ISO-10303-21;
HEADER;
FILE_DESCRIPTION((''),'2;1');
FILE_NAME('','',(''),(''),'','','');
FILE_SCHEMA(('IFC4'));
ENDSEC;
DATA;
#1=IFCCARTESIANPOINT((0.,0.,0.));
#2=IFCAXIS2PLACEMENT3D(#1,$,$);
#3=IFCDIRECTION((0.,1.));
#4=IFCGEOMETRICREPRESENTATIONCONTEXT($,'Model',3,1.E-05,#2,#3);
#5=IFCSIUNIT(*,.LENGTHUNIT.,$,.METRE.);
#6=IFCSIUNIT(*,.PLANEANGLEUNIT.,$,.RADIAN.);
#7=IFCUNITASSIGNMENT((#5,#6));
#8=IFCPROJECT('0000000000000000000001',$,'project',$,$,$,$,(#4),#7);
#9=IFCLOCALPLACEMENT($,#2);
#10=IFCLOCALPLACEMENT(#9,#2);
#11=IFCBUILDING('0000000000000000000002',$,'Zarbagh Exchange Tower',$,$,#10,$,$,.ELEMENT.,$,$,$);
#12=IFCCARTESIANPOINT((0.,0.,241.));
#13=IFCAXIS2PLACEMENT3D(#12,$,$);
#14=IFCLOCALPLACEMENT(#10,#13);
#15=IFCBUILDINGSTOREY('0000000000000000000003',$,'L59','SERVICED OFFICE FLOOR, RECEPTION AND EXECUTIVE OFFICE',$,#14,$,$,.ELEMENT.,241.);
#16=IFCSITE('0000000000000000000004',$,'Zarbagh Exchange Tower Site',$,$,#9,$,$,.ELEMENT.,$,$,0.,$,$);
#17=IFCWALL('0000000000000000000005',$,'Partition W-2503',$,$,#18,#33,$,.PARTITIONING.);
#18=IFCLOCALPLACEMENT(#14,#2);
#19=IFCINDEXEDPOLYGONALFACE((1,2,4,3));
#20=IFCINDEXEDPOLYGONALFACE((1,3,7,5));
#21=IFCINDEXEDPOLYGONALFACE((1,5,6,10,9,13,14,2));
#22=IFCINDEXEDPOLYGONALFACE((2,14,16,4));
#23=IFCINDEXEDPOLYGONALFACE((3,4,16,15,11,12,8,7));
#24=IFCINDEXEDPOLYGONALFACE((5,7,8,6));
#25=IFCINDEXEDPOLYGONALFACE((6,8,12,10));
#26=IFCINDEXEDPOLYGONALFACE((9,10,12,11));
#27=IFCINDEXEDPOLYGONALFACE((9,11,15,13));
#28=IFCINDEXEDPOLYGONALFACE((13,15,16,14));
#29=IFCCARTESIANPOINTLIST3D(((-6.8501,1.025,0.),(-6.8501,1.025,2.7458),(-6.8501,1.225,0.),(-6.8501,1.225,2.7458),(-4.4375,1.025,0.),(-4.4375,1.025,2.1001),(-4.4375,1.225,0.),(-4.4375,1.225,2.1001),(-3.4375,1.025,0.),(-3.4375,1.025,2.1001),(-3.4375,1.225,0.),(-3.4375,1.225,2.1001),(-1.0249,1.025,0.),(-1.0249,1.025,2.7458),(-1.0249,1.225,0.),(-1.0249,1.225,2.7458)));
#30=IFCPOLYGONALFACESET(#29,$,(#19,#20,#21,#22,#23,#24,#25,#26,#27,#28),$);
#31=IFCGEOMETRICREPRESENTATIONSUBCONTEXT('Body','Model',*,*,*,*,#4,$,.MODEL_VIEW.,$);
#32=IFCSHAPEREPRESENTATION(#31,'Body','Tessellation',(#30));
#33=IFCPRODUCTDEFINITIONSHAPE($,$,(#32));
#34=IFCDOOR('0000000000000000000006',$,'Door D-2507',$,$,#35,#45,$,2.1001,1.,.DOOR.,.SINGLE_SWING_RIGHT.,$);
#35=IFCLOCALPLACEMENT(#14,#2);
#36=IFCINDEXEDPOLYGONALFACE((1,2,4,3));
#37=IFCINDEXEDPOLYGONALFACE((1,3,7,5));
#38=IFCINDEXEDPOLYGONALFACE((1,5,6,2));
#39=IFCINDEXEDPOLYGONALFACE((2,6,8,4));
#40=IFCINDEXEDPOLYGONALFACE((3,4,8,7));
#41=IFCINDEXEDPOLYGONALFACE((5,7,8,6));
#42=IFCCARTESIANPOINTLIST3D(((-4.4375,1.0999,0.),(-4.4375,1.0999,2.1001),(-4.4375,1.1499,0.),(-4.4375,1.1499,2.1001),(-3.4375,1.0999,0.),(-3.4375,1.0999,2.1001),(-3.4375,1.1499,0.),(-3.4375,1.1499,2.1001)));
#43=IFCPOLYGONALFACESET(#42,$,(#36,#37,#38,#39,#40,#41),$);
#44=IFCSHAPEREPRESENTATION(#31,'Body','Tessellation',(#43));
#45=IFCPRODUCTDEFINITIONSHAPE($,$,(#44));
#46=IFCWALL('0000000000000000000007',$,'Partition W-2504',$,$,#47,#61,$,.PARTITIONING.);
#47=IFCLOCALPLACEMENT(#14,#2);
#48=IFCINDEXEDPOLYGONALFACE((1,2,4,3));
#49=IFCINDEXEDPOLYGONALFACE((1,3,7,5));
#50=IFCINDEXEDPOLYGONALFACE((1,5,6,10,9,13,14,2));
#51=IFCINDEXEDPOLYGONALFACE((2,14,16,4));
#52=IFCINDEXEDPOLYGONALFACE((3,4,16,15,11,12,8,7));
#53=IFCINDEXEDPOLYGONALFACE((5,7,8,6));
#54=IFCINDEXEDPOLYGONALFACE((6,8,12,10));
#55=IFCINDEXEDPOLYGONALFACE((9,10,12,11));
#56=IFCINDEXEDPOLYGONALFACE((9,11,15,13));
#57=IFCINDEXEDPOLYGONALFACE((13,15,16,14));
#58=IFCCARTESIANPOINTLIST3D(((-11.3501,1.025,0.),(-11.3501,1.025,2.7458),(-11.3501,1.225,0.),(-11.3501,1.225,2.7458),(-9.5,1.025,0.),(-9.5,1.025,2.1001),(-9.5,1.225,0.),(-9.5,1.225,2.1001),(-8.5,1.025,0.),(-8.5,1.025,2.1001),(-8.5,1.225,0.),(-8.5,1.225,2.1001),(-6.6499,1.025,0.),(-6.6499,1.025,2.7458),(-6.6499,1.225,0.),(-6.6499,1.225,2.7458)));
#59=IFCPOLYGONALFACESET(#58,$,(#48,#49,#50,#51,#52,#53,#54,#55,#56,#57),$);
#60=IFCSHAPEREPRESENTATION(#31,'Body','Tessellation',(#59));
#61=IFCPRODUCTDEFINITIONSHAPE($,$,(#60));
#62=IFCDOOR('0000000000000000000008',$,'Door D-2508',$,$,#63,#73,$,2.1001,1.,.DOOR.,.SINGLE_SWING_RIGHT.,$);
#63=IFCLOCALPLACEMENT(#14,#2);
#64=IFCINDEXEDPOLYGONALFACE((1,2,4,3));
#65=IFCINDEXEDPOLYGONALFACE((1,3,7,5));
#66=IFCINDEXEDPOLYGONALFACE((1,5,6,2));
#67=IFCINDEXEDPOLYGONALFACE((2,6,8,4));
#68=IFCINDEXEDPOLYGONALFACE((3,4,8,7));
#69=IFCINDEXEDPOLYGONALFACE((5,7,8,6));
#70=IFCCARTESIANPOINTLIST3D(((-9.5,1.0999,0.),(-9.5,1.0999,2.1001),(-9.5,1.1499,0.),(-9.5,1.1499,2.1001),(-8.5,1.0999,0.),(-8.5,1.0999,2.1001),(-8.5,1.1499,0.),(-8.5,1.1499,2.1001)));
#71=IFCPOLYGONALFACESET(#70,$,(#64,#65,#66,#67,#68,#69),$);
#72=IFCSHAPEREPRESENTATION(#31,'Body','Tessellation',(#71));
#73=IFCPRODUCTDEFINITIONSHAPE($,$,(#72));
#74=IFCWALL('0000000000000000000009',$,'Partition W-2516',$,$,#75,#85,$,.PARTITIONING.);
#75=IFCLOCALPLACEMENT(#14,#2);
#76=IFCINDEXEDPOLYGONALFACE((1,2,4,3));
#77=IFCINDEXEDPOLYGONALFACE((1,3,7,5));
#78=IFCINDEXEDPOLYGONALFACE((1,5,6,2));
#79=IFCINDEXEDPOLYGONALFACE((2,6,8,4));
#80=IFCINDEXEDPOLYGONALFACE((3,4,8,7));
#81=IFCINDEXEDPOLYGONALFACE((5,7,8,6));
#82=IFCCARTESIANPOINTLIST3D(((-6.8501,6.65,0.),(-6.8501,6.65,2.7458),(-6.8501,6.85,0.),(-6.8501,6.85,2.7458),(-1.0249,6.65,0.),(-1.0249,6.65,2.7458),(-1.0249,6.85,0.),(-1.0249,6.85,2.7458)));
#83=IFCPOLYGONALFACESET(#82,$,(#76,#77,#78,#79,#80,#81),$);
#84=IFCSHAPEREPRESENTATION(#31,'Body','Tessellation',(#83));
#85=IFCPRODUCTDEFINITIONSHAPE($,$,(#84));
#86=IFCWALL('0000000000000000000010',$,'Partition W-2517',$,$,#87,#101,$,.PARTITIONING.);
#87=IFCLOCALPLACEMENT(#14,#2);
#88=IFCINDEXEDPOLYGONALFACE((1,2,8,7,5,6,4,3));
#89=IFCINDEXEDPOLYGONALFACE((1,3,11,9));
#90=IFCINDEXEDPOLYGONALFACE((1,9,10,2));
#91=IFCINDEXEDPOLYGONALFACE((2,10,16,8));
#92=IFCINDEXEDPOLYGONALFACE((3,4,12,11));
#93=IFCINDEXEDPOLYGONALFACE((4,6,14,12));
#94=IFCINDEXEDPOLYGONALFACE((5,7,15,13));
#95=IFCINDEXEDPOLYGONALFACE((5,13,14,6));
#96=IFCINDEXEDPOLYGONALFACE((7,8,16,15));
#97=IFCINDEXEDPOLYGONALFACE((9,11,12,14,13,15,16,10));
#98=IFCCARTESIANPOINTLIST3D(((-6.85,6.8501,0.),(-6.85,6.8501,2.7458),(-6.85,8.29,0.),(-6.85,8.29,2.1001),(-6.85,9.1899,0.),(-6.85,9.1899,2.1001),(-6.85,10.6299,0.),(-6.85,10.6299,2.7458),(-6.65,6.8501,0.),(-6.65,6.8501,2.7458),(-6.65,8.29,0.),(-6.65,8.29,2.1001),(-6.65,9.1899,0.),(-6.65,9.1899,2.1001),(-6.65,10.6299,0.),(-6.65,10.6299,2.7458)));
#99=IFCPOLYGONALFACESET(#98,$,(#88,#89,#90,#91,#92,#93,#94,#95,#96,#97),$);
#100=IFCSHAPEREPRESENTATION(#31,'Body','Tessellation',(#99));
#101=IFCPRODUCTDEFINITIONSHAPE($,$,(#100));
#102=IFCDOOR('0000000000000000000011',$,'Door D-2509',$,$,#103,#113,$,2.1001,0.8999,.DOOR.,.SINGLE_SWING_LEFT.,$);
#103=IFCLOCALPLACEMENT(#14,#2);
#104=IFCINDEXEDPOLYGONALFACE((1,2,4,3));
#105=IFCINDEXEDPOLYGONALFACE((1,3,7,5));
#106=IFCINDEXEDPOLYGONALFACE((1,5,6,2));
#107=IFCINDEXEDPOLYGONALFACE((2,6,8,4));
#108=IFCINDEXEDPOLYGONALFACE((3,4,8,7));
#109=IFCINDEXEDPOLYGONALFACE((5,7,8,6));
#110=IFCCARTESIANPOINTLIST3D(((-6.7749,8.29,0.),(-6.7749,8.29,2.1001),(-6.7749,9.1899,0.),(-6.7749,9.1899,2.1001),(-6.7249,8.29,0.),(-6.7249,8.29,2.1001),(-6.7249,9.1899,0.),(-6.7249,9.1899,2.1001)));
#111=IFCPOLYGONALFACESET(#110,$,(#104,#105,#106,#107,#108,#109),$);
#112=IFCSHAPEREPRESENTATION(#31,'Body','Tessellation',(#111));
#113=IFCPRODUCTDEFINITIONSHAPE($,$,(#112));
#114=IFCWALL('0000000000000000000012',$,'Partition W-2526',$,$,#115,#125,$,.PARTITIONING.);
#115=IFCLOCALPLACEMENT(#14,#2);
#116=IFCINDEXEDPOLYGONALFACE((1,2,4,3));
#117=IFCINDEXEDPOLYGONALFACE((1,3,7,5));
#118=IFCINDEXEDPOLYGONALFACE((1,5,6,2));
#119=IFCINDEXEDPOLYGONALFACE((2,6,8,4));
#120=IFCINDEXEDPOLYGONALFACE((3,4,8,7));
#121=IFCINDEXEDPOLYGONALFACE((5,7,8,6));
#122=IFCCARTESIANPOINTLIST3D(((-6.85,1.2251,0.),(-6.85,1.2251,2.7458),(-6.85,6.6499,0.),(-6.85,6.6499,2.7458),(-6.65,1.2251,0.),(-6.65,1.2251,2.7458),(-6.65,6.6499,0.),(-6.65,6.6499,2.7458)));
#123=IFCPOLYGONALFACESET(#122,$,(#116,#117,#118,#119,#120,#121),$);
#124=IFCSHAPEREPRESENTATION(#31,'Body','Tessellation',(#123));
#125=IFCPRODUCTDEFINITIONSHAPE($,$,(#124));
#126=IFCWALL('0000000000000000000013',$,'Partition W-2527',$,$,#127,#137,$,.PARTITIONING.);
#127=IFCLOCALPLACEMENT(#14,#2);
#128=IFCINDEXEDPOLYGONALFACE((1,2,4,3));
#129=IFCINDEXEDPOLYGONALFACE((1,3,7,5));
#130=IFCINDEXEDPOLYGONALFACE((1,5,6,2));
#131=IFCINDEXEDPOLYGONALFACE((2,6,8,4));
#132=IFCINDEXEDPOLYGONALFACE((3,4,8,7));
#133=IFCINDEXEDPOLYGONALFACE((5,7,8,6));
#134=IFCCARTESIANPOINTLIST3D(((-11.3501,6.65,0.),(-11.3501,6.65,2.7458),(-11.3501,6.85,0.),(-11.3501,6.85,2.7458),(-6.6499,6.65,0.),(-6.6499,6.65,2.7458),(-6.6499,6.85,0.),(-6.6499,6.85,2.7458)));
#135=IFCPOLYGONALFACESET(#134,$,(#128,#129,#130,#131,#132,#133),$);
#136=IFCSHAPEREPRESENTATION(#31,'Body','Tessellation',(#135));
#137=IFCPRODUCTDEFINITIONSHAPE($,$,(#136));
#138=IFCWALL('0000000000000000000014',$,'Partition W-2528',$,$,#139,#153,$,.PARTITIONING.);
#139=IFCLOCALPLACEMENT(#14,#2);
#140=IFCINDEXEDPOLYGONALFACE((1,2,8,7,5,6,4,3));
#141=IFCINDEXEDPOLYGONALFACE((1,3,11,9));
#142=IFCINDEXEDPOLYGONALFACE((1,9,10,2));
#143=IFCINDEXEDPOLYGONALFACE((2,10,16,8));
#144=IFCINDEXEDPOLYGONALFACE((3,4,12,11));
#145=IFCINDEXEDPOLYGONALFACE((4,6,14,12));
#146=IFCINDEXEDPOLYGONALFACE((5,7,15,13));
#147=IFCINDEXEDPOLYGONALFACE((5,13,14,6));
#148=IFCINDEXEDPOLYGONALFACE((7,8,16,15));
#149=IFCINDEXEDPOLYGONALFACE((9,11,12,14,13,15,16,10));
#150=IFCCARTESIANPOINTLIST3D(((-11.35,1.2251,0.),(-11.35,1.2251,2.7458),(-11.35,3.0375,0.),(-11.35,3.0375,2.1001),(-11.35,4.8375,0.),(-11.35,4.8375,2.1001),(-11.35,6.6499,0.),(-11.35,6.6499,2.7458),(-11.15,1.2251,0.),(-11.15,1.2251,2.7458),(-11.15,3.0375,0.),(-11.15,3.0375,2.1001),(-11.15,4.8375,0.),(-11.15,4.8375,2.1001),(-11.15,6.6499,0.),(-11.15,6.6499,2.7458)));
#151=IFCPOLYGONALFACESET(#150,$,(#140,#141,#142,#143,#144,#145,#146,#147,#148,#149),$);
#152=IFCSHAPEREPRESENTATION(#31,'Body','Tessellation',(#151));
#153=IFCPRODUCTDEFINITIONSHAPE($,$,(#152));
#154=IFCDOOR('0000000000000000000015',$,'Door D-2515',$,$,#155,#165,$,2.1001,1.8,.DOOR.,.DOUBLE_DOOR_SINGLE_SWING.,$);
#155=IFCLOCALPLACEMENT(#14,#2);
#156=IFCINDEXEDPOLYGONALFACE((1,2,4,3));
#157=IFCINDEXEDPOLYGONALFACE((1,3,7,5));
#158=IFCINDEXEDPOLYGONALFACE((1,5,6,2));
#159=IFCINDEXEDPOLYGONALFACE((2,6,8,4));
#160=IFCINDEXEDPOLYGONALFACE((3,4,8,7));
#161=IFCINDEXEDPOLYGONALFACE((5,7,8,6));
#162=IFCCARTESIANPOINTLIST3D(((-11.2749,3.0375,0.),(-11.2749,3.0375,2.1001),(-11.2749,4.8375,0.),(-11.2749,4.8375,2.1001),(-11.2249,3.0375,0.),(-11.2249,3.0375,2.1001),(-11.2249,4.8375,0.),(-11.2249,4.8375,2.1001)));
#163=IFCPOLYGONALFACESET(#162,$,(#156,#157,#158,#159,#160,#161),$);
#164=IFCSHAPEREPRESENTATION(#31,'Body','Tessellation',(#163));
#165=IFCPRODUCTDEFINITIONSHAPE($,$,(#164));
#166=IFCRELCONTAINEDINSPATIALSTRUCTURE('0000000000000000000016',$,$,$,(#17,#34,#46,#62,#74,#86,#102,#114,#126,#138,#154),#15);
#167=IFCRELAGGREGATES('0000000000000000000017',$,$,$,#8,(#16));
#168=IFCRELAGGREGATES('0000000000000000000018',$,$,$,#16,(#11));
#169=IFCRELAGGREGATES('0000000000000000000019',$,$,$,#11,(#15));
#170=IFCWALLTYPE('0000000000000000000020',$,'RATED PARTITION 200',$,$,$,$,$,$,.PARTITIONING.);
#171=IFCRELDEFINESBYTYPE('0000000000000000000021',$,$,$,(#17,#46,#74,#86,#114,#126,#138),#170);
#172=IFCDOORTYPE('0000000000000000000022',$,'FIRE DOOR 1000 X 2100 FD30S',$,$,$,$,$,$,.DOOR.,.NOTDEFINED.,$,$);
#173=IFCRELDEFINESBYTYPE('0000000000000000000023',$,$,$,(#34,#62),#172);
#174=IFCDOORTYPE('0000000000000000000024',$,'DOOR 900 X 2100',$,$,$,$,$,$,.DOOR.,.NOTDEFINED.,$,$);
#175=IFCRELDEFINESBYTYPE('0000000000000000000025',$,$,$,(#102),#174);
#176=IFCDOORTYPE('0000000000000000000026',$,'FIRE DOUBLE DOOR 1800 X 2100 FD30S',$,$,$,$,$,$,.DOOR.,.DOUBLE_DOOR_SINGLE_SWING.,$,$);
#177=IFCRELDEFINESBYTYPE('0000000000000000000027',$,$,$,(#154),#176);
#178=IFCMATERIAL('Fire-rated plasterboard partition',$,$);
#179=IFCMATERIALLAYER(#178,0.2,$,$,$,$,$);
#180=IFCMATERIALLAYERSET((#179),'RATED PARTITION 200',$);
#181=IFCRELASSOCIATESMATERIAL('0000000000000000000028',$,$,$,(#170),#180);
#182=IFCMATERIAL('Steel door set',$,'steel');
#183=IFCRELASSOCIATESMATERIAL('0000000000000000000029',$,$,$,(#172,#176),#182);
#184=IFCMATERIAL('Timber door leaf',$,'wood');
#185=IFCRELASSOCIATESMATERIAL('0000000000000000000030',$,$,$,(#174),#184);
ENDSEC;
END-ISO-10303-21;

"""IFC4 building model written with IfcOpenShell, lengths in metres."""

from ifc_helpers import new_model, si_unit, direction, frame, frame_2d, origin, place, context, subcontext, project, spatial, rectangle, extrude, material, layer, layer_set, type_object, element, fill, save


model = new_model("IFC4")

# Units and contexts
model_context = context("Model", 3, precision=1e-05, world=origin(), true_north=direction((0.0, 1.0)))
body_context = subcontext(model_context, "Body", "Model", "MODEL_VIEW")
ifc_project = project(units=[si_unit("LENGTHUNIT", "METRE"), si_unit("PLANEANGLEUNIT", "RADIAN")], contexts=[model_context])

# Site, building, storey
site_placement = place(None, origin())
site = spatial("IfcSite", under=ifc_project, at=site_placement, Name="Zarbagh Exchange Tower Site", CompositionType="ELEMENT", RefElevation=0.0)
building_placement = place(site_placement, origin())
building = spatial("IfcBuilding", under=site, at=building_placement, Name="Zarbagh Exchange Tower", CompositionType="ELEMENT")
storey_placement = place(building_placement, frame((0.0, 0.0, 241.0)))
storey = spatial("IfcBuildingStorey", under=building, at=storey_placement, Name="L59", Description="SERVICED OFFICE FLOOR, RECEPTION AND EXECUTIVE OFFICE", CompositionType="ELEMENT", Elevation=241.0)

# Walls, openings, doors
ifc_material_1 = material(Name="Fire-rated plasterboard partition")
ifc_layer = layer(ifc_material_1, 0.2)
ifc_layer_set = layer_set([ifc_layer], Name="RATED PARTITION 200")
wall_type = type_object("IfcWallType", Name="RATED PARTITION 200", PredefinedType="PARTITIONING", material=ifc_layer_set)
wall_1_placement = place(storey_placement, frame((-6.8501, 1.125, 0.0), z_axis=(0.0, 0.0, 1.0), x_axis=(1.0, 0.0, 0.0)))
wall_1 = element("IfcWall", 1, at=wall_1_placement, inside=storey, type_object=wall_type, Name="Partition W-2503", PredefinedType="PARTITIONING", context=body_context, shape_type="SweptSolid", body=[
    extrude(rectangle(XDim=5.8252, YDim=0.2, at=frame_2d((2.9126, 0.0))), origin(), (0.0, 0.0, 1.0), 2.7458),
])
opening_1_placement = place(wall_1_placement, frame((2.4126, 0.0, 0.0)))
opening_1 = element("IfcOpeningElement", 2, at=opening_1_placement, cuts=wall_1, PredefinedType="OPENING", context=body_context, shape_type="SweptSolid", body=[
    extrude(rectangle(XDim=1.0, YDim=2.1001, at=frame_2d((0.5, 1.05))), frame((0.0, 0.1099, 0.0), z_axis=(0.0, -1.0, 0.0), x_axis=(1.0, 0.0, 0.0)), (0.0, 0.0, 1.0), 0.22),
])
ifc_material_2 = material(Name="Steel door set", Category="steel")
door_type_1 = type_object("IfcDoorType", Name="FIRE DOOR 1000 X 2100 FD30S", OperationType="NOTDEFINED", PredefinedType="DOOR", material=ifc_material_2)
door_1_placement = place(opening_1_placement, origin())
door_1 = element("IfcDoor", 3, at=door_1_placement, inside=storey, type_object=door_type_1, Name="Door D-2507", OperationType="SINGLE_SWING_RIGHT", OverallHeight=2.1001, OverallWidth=1.0, PredefinedType="DOOR", context=body_context, shape_type="SweptSolid", body=[
    extrude(rectangle(XDim=1.0, YDim=2.1001, at=frame_2d((0.5, 1.05))), frame((0.0, 0.0249, 0.0), z_axis=(0.0, -1.0, 0.0), x_axis=(1.0, 0.0, 0.0)), (0.0, 0.0, 1.0), 0.05),
])
fill(opening_1, door_1)
wall_2_placement = place(storey_placement, frame((-11.3501, 1.125, 0.0), z_axis=(0.0, 0.0, 1.0), x_axis=(1.0, 0.0, 0.0)))
wall_2 = element("IfcWall", 4, at=wall_2_placement, inside=storey, type_object=wall_type, Name="Partition W-2504", PredefinedType="PARTITIONING", context=body_context, shape_type="SweptSolid", body=[
    extrude(rectangle(XDim=4.7002, YDim=0.2, at=frame_2d((2.3501, 0.0))), origin(), (0.0, 0.0, 1.0), 2.7458),
])
opening_2_placement = place(wall_2_placement, frame((1.8501, 0.0, 0.0)))
opening_2 = element("IfcOpeningElement", 5, at=opening_2_placement, cuts=wall_2, PredefinedType="OPENING", context=body_context, shape_type="SweptSolid", body=[
    extrude(rectangle(XDim=1.0, YDim=2.1001, at=frame_2d((0.5, 1.05))), frame((0.0, 0.1099, 0.0), z_axis=(0.0, -1.0, 0.0), x_axis=(1.0, 0.0, 0.0)), (0.0, 0.0, 1.0), 0.22),
])
door_2_placement = place(opening_2_placement, origin())
door_2 = element("IfcDoor", 6, at=door_2_placement, inside=storey, type_object=door_type_1, Name="Door D-2508", OperationType="SINGLE_SWING_RIGHT", OverallHeight=2.1001, OverallWidth=1.0, PredefinedType="DOOR", context=body_context, shape_type="SweptSolid", body=[
    extrude(rectangle(XDim=1.0, YDim=2.1001, at=frame_2d((0.5, 1.05))), frame((0.0, 0.0249, 0.0), z_axis=(0.0, -1.0, 0.0), x_axis=(1.0, 0.0, 0.0)), (0.0, 0.0, 1.0), 0.05),
])
fill(opening_2, door_2)

# Wall
wall_3_placement = place(storey_placement, frame((-6.8501, 6.75, 0.0), z_axis=(0.0, 0.0, 1.0), x_axis=(1.0, 0.0, 0.0)))
element("IfcWall", 7, at=wall_3_placement, inside=storey, type_object=wall_type, Name="Partition W-2516", PredefinedType="PARTITIONING", context=body_context, shape_type="SweptSolid", body=[
    extrude(rectangle(XDim=5.8252, YDim=0.2, at=frame_2d((2.9126, 0.0))), origin(), (0.0, 0.0, 1.0), 2.7458),
])

# Wall, opening, door
wall_4_placement = place(storey_placement, frame((-6.75, 6.8501, 0.0), z_axis=(0.0, 0.0, 1.0), x_axis=(0.0, 1.0, 0.0)))
wall_4 = element("IfcWall", 8, at=wall_4_placement, inside=storey, type_object=wall_type, Name="Partition W-2517", PredefinedType="PARTITIONING", context=body_context, shape_type="SweptSolid", body=[
    extrude(rectangle(XDim=3.7798, YDim=0.2, at=frame_2d((1.8899, 0.0))), origin(), (0.0, 0.0, 1.0), 2.7458),
])
opening_3_placement = place(wall_4_placement, frame((1.4399, 0.0, 0.0)))
opening_3 = element("IfcOpeningElement", 9, at=opening_3_placement, cuts=wall_4, PredefinedType="OPENING", context=body_context, shape_type="SweptSolid", body=[
    extrude(rectangle(XDim=0.8999, YDim=2.1001, at=frame_2d((0.45, 1.05))), frame((0.0, 0.1099, 0.0), z_axis=(0.0, -1.0, 0.0), x_axis=(1.0, 0.0, 0.0)), (0.0, 0.0, 1.0), 0.22),
])
ifc_material_3 = material(Name="Timber door leaf", Category="wood")
door_type_2 = type_object("IfcDoorType", Name="DOOR 900 X 2100", OperationType="NOTDEFINED", PredefinedType="DOOR", material=ifc_material_3)
door_3_placement = place(opening_3_placement, origin())
door_3 = element("IfcDoor", 10, at=door_3_placement, inside=storey, type_object=door_type_2, Name="Door D-2509", OperationType="SINGLE_SWING_LEFT", OverallHeight=2.1001, OverallWidth=0.8999, PredefinedType="DOOR", context=body_context, shape_type="SweptSolid", body=[
    extrude(rectangle(XDim=0.8999, YDim=2.1001, at=frame_2d((0.45, 1.05))), frame((0.0, 0.0249, 0.0), z_axis=(0.0, -1.0, 0.0), x_axis=(1.0, 0.0, 0.0)), (0.0, 0.0, 1.0), 0.05),
])
fill(opening_3, door_3)

# Walls
wall_5_placement = place(storey_placement, frame((-6.75, 1.2251, 0.0), z_axis=(0.0, 0.0, 1.0), x_axis=(0.0, 1.0, 0.0)))
element("IfcWall", 11, at=wall_5_placement, inside=storey, type_object=wall_type, Name="Partition W-2526", PredefinedType="PARTITIONING", context=body_context, shape_type="SweptSolid", body=[
    extrude(rectangle(XDim=5.4248, YDim=0.2, at=frame_2d((2.7124, 0.0))), origin(), (0.0, 0.0, 1.0), 2.7458),
])
wall_6_placement = place(storey_placement, frame((-11.3501, 6.75, 0.0), z_axis=(0.0, 0.0, 1.0), x_axis=(1.0, 0.0, 0.0)))
element("IfcWall", 12, at=wall_6_placement, inside=storey, type_object=wall_type, Name="Partition W-2527", PredefinedType="PARTITIONING", context=body_context, shape_type="SweptSolid", body=[
    extrude(rectangle(XDim=4.7002, YDim=0.2, at=frame_2d((2.3501, 0.0))), origin(), (0.0, 0.0, 1.0), 2.7458),
])

# Wall, opening, door
wall_7_placement = place(storey_placement, frame((-11.25, 1.2251, 0.0), z_axis=(0.0, 0.0, 1.0), x_axis=(0.0, 1.0, 0.0)))
wall_7 = element("IfcWall", 13, at=wall_7_placement, inside=storey, type_object=wall_type, Name="Partition W-2528", PredefinedType="PARTITIONING", context=body_context, shape_type="SweptSolid", body=[
    extrude(rectangle(XDim=5.4248, YDim=0.2, at=frame_2d((2.7124, 0.0))), origin(), (0.0, 0.0, 1.0), 2.7458),
])
opening_4_placement = place(wall_7_placement, frame((1.8125, 0.0, 0.0)))
opening_4 = element("IfcOpeningElement", 14, at=opening_4_placement, cuts=wall_7, PredefinedType="OPENING", context=body_context, shape_type="SweptSolid", body=[
    extrude(rectangle(XDim=1.8, YDim=2.1001, at=frame_2d((0.8999, 1.05))), frame((0.0, 0.1099, 0.0), z_axis=(0.0, -1.0, 0.0), x_axis=(1.0, 0.0, 0.0)), (0.0, 0.0, 1.0), 0.22),
])
door_type_3 = type_object("IfcDoorType", Name="FIRE DOUBLE DOOR 1800 X 2100 FD30S", OperationType="DOUBLE_DOOR_SINGLE_SWING", PredefinedType="DOOR", material=ifc_material_2)
door_4_placement = place(opening_4_placement, origin())
door_4 = element("IfcDoor", 15, at=door_4_placement, inside=storey, type_object=door_type_3, Name="Door D-2515", OperationType="DOUBLE_DOOR_SINGLE_SWING", OverallHeight=2.1001, OverallWidth=1.8, PredefinedType="DOOR", context=body_context, shape_type="SweptSolid", body=[
    extrude(rectangle(XDim=1.8, YDim=2.1001, at=frame_2d((0.8999, 1.05))), frame((0.0, 0.0249, 0.0), z_axis=(0.0, -1.0, 0.0), x_axis=(1.0, 0.0, 0.0)), (0.0, 0.0, 1.0), 0.05),
])
fill(opening_4, door_4)

save(model, "model.ifc")
